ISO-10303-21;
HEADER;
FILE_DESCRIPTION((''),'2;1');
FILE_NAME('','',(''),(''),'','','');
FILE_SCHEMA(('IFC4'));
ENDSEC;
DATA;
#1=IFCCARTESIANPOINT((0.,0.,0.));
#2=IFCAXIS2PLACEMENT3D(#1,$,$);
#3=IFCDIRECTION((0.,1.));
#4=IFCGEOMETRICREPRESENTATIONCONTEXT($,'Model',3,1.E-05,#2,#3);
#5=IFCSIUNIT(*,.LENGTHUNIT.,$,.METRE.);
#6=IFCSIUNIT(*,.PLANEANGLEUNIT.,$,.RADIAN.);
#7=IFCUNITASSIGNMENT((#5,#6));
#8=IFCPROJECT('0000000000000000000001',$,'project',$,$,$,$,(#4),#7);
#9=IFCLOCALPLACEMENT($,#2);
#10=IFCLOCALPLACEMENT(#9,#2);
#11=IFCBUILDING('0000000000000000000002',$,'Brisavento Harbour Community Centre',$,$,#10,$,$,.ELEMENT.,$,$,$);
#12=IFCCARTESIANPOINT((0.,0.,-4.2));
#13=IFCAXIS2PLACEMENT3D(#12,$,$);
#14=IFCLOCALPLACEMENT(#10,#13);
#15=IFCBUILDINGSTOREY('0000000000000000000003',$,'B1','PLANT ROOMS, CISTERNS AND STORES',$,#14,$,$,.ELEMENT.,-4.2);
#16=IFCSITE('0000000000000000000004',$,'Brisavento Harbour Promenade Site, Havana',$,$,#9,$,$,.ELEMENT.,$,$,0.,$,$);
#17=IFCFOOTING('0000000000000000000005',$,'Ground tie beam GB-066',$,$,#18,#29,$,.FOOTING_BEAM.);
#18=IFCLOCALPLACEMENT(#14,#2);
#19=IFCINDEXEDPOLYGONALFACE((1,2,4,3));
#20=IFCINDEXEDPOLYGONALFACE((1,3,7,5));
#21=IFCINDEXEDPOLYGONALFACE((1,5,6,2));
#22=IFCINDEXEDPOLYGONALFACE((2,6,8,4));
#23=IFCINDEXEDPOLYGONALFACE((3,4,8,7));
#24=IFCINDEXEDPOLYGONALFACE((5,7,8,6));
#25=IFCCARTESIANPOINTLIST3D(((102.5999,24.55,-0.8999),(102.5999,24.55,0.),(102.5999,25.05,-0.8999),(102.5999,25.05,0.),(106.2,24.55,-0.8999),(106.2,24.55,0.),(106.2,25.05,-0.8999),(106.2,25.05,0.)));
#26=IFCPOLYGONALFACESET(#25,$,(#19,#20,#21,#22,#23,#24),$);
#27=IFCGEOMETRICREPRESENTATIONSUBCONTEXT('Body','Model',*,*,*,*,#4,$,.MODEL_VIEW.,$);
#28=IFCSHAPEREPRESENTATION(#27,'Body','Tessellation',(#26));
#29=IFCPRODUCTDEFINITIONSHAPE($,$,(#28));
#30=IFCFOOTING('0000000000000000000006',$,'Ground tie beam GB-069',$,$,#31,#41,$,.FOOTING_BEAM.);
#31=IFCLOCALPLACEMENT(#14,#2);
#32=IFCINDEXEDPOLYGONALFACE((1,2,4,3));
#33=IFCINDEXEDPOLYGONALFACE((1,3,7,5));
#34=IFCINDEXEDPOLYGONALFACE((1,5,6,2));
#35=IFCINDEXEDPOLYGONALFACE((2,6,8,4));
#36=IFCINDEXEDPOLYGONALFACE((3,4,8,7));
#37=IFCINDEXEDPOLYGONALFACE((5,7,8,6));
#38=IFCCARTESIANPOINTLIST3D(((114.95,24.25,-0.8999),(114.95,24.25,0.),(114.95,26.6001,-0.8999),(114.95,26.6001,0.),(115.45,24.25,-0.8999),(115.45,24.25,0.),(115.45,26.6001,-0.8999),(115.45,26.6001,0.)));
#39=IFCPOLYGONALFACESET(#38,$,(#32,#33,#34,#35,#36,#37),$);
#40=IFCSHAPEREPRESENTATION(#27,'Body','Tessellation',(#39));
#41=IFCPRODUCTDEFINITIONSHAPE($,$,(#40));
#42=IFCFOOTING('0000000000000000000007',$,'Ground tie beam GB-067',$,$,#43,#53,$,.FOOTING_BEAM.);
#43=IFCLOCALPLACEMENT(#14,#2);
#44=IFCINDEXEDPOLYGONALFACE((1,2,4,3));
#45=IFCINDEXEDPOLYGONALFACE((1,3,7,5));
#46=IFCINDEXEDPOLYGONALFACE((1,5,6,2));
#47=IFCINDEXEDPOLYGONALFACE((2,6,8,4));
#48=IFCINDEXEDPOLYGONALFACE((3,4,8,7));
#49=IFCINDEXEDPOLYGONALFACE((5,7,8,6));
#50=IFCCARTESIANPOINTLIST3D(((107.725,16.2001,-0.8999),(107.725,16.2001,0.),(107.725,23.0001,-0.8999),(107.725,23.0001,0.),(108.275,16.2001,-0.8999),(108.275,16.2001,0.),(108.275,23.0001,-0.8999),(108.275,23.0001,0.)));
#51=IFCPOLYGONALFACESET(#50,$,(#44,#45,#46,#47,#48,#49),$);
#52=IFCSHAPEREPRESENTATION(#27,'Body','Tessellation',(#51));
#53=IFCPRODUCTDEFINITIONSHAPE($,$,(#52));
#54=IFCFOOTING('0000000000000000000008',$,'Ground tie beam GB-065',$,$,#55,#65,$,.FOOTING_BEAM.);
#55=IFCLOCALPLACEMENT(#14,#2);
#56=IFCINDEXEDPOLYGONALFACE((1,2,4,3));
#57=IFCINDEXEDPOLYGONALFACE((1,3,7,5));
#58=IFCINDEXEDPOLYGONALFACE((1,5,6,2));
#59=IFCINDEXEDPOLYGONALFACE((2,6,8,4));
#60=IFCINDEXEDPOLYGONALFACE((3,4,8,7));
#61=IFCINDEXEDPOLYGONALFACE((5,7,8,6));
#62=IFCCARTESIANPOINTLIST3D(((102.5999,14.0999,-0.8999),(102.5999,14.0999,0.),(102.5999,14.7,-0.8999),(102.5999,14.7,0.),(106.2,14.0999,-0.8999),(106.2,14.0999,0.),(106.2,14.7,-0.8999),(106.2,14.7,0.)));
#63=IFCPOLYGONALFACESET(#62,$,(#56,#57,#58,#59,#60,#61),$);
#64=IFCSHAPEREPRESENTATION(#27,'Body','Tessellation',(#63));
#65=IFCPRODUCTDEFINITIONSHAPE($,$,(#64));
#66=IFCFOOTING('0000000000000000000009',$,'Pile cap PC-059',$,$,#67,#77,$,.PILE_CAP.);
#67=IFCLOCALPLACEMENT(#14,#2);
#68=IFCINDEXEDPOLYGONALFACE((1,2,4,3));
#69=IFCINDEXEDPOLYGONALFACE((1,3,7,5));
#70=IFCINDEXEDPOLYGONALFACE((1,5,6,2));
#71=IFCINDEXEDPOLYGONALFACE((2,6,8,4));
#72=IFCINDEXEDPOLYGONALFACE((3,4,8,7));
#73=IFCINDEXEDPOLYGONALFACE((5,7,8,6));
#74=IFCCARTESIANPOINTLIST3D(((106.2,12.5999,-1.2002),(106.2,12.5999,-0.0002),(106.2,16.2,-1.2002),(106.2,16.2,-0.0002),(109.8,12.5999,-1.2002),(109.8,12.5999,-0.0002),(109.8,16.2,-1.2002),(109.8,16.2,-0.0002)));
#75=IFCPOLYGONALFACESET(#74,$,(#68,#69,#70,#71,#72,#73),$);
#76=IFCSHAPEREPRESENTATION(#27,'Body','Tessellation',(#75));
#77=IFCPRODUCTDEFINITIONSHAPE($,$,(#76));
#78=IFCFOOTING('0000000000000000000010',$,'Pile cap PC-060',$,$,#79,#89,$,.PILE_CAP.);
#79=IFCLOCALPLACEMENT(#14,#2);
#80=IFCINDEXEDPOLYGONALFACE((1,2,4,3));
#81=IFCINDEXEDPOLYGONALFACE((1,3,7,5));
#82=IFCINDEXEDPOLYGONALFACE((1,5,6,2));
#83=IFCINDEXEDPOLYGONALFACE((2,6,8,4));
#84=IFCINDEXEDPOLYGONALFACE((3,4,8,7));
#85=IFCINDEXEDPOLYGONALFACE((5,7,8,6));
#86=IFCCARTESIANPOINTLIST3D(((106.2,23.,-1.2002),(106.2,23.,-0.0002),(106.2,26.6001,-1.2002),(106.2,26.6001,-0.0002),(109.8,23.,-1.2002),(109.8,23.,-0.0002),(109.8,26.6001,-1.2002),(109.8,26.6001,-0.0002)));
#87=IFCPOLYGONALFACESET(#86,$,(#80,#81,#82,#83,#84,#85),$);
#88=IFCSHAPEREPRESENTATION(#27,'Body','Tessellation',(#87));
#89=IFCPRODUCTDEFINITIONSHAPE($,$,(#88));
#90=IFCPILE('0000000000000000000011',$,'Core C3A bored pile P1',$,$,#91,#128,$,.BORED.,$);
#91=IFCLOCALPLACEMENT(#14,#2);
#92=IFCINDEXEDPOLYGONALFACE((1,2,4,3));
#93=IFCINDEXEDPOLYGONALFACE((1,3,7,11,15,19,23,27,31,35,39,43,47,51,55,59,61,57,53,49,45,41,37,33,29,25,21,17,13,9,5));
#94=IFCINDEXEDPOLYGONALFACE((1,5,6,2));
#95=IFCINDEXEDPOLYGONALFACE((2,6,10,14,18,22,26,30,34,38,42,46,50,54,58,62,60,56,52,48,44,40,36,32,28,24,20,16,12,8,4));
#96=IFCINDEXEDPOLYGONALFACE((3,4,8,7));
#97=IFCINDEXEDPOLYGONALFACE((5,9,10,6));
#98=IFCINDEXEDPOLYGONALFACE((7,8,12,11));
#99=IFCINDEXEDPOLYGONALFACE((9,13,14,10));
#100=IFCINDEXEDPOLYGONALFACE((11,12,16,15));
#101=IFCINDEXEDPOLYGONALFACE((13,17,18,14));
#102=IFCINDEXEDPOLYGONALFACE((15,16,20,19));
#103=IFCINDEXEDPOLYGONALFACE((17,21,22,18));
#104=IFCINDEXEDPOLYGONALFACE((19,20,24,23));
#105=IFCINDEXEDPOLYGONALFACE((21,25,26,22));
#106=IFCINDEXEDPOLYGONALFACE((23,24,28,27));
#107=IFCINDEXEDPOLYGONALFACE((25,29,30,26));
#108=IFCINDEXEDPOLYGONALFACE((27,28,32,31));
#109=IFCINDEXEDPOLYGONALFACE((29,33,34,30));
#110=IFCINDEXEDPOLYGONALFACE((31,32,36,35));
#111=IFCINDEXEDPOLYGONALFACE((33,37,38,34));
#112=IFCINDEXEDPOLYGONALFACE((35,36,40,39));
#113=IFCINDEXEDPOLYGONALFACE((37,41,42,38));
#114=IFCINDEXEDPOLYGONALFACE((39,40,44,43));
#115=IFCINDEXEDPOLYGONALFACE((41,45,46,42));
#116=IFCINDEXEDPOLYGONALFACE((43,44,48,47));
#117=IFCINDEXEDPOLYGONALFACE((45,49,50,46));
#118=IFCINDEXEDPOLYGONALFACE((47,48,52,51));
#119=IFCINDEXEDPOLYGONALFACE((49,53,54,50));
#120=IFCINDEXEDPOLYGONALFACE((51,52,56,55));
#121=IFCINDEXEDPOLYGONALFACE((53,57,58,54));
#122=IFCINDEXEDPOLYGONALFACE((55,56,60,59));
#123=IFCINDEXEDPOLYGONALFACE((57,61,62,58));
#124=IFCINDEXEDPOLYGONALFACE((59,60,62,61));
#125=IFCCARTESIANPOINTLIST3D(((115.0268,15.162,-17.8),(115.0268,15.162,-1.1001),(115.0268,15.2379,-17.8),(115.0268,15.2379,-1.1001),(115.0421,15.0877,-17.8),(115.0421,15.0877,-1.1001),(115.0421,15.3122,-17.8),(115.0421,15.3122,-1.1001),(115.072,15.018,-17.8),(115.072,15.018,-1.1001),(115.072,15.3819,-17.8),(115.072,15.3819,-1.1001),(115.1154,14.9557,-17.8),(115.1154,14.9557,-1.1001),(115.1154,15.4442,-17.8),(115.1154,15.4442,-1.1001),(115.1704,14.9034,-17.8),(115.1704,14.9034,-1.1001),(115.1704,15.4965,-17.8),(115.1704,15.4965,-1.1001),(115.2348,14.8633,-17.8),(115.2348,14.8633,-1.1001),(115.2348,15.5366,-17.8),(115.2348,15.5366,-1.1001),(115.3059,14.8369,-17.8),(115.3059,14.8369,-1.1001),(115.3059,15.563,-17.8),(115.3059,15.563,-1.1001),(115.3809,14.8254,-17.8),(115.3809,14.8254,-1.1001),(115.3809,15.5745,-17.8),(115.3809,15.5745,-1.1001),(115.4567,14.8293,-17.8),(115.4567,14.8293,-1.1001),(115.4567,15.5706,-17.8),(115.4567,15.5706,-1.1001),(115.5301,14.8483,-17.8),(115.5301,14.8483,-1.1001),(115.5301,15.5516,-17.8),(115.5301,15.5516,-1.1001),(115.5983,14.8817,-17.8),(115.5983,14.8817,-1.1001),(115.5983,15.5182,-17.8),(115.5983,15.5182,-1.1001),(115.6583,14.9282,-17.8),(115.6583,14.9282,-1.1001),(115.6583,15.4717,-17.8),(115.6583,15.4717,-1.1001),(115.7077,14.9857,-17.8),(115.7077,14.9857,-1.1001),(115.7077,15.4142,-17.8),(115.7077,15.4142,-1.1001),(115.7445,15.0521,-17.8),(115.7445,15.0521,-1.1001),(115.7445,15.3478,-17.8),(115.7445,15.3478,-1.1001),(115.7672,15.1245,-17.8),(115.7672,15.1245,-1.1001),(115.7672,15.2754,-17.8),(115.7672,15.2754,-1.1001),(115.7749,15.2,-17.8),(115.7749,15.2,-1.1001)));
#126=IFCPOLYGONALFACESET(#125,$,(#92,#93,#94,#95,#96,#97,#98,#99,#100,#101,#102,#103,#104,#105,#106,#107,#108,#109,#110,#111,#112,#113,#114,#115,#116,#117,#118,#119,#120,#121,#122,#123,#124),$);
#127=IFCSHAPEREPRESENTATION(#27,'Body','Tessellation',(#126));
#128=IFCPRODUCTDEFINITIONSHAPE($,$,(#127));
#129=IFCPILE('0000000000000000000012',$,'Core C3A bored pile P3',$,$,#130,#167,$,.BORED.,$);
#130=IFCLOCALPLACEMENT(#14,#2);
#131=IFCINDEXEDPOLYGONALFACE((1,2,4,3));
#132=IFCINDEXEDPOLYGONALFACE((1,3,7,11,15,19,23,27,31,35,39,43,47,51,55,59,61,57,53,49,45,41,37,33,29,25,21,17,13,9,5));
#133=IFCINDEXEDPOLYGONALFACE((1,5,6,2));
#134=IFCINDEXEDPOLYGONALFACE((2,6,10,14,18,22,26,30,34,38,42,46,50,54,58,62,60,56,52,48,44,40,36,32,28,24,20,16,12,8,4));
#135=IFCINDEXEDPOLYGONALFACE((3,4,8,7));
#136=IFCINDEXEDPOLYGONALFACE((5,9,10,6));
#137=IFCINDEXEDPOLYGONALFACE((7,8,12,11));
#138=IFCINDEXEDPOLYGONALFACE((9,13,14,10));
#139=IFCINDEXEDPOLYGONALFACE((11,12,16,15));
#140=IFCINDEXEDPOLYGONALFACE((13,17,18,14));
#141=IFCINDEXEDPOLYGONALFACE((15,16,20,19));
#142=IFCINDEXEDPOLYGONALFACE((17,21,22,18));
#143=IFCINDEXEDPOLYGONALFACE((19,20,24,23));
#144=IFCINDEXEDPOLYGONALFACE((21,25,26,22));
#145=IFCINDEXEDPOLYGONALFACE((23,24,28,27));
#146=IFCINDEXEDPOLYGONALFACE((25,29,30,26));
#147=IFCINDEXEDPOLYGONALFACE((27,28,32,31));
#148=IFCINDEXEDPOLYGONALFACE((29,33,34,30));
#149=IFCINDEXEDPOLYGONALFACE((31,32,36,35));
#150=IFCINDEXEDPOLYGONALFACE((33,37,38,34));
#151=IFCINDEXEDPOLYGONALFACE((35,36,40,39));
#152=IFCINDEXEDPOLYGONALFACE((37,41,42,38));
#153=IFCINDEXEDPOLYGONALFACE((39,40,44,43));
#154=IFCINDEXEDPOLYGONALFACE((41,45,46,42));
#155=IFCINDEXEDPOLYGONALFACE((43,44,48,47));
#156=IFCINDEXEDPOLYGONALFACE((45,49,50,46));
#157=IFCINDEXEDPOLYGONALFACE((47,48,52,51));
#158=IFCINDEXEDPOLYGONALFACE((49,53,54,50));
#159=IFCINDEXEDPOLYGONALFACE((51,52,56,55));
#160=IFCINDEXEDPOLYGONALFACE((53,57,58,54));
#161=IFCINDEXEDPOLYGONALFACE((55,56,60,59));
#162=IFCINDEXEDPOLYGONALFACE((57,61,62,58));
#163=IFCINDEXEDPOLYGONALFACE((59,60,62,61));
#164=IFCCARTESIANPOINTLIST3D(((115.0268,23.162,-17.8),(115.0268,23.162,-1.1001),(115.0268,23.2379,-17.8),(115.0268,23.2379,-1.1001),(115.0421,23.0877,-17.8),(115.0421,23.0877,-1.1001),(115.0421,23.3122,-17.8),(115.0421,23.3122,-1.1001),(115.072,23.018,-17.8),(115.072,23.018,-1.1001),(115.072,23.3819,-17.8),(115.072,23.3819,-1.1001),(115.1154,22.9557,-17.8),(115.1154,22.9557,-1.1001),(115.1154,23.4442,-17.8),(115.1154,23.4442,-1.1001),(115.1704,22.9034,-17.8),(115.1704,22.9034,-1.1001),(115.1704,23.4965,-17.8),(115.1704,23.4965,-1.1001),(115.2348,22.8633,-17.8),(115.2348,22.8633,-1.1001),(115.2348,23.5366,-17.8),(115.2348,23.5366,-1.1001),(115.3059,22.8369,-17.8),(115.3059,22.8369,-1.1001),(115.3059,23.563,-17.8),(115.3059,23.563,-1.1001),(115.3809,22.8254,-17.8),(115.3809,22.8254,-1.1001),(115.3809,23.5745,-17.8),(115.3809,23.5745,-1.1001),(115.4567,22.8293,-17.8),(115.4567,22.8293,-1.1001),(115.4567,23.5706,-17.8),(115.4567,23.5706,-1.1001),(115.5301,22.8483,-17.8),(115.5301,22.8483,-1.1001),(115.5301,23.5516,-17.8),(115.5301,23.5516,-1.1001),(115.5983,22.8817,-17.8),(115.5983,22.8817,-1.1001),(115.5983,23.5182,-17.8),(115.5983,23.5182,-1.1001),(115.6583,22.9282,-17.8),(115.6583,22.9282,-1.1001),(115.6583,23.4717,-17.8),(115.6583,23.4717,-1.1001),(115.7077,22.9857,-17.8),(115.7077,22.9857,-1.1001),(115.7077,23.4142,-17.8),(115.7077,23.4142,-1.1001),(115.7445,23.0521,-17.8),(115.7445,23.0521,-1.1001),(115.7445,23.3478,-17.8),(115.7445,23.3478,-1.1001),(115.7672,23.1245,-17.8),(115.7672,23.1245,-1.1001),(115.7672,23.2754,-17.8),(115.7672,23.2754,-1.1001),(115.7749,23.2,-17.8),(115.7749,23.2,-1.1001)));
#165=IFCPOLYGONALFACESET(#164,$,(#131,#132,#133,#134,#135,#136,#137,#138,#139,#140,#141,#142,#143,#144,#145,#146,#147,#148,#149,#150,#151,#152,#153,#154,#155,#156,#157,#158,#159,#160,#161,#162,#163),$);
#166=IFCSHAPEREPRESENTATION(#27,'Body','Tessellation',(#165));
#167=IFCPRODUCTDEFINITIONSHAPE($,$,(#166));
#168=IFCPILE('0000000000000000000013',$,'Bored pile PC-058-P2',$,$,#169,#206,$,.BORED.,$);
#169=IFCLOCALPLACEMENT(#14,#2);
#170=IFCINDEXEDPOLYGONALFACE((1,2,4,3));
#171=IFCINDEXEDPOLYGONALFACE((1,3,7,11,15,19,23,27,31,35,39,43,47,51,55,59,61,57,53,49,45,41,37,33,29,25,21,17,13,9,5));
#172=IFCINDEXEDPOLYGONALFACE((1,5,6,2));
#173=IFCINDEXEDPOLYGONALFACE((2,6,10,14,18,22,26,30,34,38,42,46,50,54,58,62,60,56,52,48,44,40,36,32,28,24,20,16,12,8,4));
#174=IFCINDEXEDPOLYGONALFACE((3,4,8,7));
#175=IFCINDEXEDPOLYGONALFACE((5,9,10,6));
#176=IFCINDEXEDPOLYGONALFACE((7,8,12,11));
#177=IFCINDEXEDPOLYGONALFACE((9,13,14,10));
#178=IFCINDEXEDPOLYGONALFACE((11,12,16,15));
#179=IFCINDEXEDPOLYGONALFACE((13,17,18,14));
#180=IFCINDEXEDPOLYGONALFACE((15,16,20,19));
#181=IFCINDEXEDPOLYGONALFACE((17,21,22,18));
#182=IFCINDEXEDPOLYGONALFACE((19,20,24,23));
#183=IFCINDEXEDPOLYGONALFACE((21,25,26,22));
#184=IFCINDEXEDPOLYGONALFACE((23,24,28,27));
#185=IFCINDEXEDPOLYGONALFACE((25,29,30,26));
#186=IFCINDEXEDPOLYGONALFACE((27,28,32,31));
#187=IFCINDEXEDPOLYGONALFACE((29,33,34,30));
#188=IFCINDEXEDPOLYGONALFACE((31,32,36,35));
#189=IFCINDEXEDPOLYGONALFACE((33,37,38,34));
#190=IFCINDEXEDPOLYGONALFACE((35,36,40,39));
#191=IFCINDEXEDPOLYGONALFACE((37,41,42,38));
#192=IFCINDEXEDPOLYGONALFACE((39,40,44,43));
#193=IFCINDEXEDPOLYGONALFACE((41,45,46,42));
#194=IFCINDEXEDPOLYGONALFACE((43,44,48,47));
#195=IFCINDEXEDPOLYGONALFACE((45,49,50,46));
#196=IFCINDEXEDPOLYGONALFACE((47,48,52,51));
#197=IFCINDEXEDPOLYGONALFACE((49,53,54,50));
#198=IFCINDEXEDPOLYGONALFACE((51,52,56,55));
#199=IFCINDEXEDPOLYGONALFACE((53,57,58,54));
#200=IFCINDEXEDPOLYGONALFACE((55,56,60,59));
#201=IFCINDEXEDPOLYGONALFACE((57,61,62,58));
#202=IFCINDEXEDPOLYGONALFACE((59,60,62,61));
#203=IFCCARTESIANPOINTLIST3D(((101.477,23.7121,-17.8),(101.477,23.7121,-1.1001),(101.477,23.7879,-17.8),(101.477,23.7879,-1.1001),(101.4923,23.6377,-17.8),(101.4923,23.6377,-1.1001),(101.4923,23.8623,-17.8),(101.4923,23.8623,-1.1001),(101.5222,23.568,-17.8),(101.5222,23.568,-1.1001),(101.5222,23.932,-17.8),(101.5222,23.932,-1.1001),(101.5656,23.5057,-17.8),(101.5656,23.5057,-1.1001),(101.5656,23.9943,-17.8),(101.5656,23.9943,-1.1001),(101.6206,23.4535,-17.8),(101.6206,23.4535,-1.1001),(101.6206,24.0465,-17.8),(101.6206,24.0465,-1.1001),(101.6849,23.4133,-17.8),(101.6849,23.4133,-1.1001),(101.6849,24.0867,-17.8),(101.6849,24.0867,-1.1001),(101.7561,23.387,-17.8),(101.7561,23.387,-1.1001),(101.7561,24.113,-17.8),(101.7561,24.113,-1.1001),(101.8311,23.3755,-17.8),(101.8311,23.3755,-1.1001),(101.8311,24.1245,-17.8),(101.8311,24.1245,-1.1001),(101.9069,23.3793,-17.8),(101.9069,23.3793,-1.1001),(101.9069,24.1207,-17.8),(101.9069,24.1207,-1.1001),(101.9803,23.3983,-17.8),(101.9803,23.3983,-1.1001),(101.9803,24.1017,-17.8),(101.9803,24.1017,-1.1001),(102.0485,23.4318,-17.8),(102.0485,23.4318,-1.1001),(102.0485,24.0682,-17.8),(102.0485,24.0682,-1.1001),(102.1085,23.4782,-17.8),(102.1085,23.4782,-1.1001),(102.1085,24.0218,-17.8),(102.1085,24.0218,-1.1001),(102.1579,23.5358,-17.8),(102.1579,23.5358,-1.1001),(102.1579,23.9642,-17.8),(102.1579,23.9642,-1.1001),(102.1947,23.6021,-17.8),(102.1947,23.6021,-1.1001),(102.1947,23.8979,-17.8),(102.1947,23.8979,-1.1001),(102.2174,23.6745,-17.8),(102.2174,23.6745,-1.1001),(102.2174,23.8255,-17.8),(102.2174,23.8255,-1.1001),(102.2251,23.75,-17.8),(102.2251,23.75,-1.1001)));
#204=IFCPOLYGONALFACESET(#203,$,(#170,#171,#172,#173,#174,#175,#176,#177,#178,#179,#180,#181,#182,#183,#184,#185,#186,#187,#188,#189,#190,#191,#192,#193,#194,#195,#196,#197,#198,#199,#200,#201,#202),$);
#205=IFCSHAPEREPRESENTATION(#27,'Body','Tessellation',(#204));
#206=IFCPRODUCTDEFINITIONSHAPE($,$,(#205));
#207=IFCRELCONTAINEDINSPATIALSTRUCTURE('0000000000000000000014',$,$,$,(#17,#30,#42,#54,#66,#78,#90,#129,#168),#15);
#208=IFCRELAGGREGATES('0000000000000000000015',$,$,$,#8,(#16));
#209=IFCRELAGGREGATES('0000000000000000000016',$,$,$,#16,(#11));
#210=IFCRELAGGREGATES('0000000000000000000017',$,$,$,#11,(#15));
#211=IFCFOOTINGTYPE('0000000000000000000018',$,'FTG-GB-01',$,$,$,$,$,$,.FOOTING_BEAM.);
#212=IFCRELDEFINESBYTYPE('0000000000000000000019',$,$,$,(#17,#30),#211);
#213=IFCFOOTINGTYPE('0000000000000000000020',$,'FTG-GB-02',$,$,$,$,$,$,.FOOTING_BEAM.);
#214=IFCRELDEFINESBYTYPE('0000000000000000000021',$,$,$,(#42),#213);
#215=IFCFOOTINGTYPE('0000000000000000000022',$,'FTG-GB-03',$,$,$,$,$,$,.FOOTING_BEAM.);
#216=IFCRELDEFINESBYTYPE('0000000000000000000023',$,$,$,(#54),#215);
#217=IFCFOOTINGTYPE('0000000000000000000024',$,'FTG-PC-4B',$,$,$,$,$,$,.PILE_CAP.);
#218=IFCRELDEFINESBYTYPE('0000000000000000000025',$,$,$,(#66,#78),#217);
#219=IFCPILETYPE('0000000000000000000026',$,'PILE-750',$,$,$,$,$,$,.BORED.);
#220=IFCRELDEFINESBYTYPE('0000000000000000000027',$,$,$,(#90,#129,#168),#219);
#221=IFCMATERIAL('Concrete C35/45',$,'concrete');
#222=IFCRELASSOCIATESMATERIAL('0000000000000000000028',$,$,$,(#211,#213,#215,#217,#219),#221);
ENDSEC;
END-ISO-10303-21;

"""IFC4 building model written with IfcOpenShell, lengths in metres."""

from ifc_helpers import new_model, si_unit, direction, frame, origin, origin_2d, place, context, subcontext, project, spatial, rectangle, circle, extrude, material, material_profile, profile_set, type_object, element, save


model = new_model("IFC4")

# Units and contexts
model_context = context("Model", 3, precision=1e-05, world=origin(), true_north=direction((0.0, 1.0)))
body_context = subcontext(model_context, "Body", "Model", "MODEL_VIEW")
ifc_project = project(units=[si_unit("LENGTHUNIT", "METRE"), si_unit("PLANEANGLEUNIT", "RADIAN")], contexts=[model_context])

# Site, building, storey
site_placement = place(None, origin())
site = spatial("IfcSite", under=ifc_project, at=site_placement, Name="Brisavento Harbour Promenade Site, Havana", CompositionType="ELEMENT", RefElevation=0.0)
building_placement = place(site_placement, origin())
building = spatial("IfcBuilding", under=site, at=building_placement, Name="Brisavento Harbour Community Centre", CompositionType="ELEMENT")
storey_placement = place(building_placement, frame((0.0, 0.0, -4.2)))
storey = spatial("IfcBuildingStorey", under=building, at=storey_placement, Name="B1", Description="PLANT ROOMS, CISTERNS AND STORES", CompositionType="ELEMENT", Elevation=-4.2)

# Footings
ifc_material_1 = material(Name="Concrete C35/45", Category="concrete")
footing_type_1 = type_object("IfcFootingType", Name="FTG-GB-01", PredefinedType="FOOTING_BEAM", material=ifc_material_1)
footing_1_placement = place(storey_placement, frame((104.3999, 24.8, -0.8999), z_axis=(0.0, 0.0, 1.0), x_axis=(1.0, 0.0, 0.0)))
element("IfcFooting", 1, at=footing_1_placement, inside=storey, type_object=footing_type_1, Name="Ground tie beam GB-066", PredefinedType="FOOTING_BEAM", context=body_context, shape_type="SweptSolid", body=[
    extrude(rectangle(XDim=3.6001, YDim=0.5, at=origin_2d()), origin(), (0.0, 0.0, 1.0), 0.8999),
])
footing_2_placement = place(storey_placement, frame((115.2, 25.425, -0.8999), z_axis=(0.0, 0.0, 1.0), x_axis=(1.0, 0.0, 0.0)))
element("IfcFooting", 2, at=footing_2_placement, inside=storey, type_object=footing_type_1, Name="Ground tie beam GB-069", PredefinedType="FOOTING_BEAM", context=body_context, shape_type="SweptSolid", body=[
    extrude(rectangle(XDim=0.5, YDim=2.3501, at=origin_2d()), origin(), (0.0, 0.0, 1.0), 0.8999),
])
footing_type_2 = type_object("IfcFootingType", Name="FTG-GB-02", PredefinedType="FOOTING_BEAM", material=ifc_material_1)
footing_3_placement = place(storey_placement, frame((108.0, 19.6001, -0.8999), z_axis=(0.0, 0.0, 1.0), x_axis=(1.0, 0.0, 0.0)))
element("IfcFooting", 3, at=footing_3_placement, inside=storey, type_object=footing_type_2, Name="Ground tie beam GB-067", PredefinedType="FOOTING_BEAM", context=body_context, shape_type="SweptSolid", body=[
    extrude(rectangle(XDim=0.55, YDim=6.8, at=origin_2d()), origin(), (0.0, 0.0, 1.0), 0.8999),
])
footing_type_3 = type_object("IfcFootingType", Name="FTG-GB-03", PredefinedType="FOOTING_BEAM", material=ifc_material_1)
footing_4_placement = place(storey_placement, frame((104.3999, 14.3999, -0.8999), z_axis=(0.0, 0.0, 1.0), x_axis=(1.0, 0.0, 0.0)))
element("IfcFooting", 4, at=footing_4_placement, inside=storey, type_object=footing_type_3, Name="Ground tie beam GB-065", PredefinedType="FOOTING_BEAM", context=body_context, shape_type="SweptSolid", body=[
    extrude(rectangle(XDim=3.6001, YDim=0.6001, at=origin_2d()), origin(), (0.0, 0.0, 1.0), 0.8999),
])
footing_type_4 = type_object("IfcFootingType", Name="FTG-PC-4B", PredefinedType="PILE_CAP", material=ifc_material_1)
for number, where, z_axis, x_axis, name in (
    (5, (108.0, 14.3999, -1.2002), (0.0, 0.0, 1.0), (1.0, 0.0, 0.0), "Pile cap PC-059"),
    (6, (108.0, 24.8, -1.2002), (0.0, 0.0, 1.0), (1.0, 0.0, 0.0), "Pile cap PC-060"),
):
    element("IfcFooting", number, at=place(storey_placement, frame(where, z_axis=z_axis, x_axis=x_axis)), inside=storey, type_object=footing_type_4, Name=name, PredefinedType="PILE_CAP", context=body_context, shape_type="SweptSolid", body=[
        extrude(rectangle(XDim=3.6001, YDim=3.6001, at=origin_2d()), origin(), (0.0, 0.0, 1.0), 1.2),
    ])

# Piles
ifc_material_profile_1 = material_profile(ifc_material_1, circle(Radius=0.375, at=origin_2d()), Name="Concrete C35/45")
ifc_profile_set_1 = profile_set([ifc_material_profile_1], Name="Concrete C35/45")
pile_type = type_object("IfcPileType", Name="PILE-750", PredefinedType="BORED", material=ifc_profile_set_1)
for number, where, z_axis, x_axis, name in (
    (7, (115.3999, 15.2, -1.1001), (0.0, 0.0, -1.0), (1.0, 0.0, 0.0), "Core C3A bored pile P1"),
    (8, (115.3999, 23.2, -1.1001), (0.0, 0.0, -1.0), (1.0, 0.0, 0.0), "Core C3A bored pile P3"),
    (9, (101.8501, 23.75, -1.1001), (0.0, 0.0, -1.0), (1.0, 0.0, 0.0), "Bored pile PC-058-P2"),
):
    element("IfcPile", number, at=place(storey_placement, frame(where, z_axis=z_axis, x_axis=x_axis)), inside=storey, type_object=pile_type, Name=name, PredefinedType="BORED", context=body_context, shape_type="SweptSolid", body=[
        extrude(circle(Radius=0.375, at=origin_2d()), origin(), (0.0, 0.0, 1.0), 16.7),
    ])

save(model, "model.ifc")
